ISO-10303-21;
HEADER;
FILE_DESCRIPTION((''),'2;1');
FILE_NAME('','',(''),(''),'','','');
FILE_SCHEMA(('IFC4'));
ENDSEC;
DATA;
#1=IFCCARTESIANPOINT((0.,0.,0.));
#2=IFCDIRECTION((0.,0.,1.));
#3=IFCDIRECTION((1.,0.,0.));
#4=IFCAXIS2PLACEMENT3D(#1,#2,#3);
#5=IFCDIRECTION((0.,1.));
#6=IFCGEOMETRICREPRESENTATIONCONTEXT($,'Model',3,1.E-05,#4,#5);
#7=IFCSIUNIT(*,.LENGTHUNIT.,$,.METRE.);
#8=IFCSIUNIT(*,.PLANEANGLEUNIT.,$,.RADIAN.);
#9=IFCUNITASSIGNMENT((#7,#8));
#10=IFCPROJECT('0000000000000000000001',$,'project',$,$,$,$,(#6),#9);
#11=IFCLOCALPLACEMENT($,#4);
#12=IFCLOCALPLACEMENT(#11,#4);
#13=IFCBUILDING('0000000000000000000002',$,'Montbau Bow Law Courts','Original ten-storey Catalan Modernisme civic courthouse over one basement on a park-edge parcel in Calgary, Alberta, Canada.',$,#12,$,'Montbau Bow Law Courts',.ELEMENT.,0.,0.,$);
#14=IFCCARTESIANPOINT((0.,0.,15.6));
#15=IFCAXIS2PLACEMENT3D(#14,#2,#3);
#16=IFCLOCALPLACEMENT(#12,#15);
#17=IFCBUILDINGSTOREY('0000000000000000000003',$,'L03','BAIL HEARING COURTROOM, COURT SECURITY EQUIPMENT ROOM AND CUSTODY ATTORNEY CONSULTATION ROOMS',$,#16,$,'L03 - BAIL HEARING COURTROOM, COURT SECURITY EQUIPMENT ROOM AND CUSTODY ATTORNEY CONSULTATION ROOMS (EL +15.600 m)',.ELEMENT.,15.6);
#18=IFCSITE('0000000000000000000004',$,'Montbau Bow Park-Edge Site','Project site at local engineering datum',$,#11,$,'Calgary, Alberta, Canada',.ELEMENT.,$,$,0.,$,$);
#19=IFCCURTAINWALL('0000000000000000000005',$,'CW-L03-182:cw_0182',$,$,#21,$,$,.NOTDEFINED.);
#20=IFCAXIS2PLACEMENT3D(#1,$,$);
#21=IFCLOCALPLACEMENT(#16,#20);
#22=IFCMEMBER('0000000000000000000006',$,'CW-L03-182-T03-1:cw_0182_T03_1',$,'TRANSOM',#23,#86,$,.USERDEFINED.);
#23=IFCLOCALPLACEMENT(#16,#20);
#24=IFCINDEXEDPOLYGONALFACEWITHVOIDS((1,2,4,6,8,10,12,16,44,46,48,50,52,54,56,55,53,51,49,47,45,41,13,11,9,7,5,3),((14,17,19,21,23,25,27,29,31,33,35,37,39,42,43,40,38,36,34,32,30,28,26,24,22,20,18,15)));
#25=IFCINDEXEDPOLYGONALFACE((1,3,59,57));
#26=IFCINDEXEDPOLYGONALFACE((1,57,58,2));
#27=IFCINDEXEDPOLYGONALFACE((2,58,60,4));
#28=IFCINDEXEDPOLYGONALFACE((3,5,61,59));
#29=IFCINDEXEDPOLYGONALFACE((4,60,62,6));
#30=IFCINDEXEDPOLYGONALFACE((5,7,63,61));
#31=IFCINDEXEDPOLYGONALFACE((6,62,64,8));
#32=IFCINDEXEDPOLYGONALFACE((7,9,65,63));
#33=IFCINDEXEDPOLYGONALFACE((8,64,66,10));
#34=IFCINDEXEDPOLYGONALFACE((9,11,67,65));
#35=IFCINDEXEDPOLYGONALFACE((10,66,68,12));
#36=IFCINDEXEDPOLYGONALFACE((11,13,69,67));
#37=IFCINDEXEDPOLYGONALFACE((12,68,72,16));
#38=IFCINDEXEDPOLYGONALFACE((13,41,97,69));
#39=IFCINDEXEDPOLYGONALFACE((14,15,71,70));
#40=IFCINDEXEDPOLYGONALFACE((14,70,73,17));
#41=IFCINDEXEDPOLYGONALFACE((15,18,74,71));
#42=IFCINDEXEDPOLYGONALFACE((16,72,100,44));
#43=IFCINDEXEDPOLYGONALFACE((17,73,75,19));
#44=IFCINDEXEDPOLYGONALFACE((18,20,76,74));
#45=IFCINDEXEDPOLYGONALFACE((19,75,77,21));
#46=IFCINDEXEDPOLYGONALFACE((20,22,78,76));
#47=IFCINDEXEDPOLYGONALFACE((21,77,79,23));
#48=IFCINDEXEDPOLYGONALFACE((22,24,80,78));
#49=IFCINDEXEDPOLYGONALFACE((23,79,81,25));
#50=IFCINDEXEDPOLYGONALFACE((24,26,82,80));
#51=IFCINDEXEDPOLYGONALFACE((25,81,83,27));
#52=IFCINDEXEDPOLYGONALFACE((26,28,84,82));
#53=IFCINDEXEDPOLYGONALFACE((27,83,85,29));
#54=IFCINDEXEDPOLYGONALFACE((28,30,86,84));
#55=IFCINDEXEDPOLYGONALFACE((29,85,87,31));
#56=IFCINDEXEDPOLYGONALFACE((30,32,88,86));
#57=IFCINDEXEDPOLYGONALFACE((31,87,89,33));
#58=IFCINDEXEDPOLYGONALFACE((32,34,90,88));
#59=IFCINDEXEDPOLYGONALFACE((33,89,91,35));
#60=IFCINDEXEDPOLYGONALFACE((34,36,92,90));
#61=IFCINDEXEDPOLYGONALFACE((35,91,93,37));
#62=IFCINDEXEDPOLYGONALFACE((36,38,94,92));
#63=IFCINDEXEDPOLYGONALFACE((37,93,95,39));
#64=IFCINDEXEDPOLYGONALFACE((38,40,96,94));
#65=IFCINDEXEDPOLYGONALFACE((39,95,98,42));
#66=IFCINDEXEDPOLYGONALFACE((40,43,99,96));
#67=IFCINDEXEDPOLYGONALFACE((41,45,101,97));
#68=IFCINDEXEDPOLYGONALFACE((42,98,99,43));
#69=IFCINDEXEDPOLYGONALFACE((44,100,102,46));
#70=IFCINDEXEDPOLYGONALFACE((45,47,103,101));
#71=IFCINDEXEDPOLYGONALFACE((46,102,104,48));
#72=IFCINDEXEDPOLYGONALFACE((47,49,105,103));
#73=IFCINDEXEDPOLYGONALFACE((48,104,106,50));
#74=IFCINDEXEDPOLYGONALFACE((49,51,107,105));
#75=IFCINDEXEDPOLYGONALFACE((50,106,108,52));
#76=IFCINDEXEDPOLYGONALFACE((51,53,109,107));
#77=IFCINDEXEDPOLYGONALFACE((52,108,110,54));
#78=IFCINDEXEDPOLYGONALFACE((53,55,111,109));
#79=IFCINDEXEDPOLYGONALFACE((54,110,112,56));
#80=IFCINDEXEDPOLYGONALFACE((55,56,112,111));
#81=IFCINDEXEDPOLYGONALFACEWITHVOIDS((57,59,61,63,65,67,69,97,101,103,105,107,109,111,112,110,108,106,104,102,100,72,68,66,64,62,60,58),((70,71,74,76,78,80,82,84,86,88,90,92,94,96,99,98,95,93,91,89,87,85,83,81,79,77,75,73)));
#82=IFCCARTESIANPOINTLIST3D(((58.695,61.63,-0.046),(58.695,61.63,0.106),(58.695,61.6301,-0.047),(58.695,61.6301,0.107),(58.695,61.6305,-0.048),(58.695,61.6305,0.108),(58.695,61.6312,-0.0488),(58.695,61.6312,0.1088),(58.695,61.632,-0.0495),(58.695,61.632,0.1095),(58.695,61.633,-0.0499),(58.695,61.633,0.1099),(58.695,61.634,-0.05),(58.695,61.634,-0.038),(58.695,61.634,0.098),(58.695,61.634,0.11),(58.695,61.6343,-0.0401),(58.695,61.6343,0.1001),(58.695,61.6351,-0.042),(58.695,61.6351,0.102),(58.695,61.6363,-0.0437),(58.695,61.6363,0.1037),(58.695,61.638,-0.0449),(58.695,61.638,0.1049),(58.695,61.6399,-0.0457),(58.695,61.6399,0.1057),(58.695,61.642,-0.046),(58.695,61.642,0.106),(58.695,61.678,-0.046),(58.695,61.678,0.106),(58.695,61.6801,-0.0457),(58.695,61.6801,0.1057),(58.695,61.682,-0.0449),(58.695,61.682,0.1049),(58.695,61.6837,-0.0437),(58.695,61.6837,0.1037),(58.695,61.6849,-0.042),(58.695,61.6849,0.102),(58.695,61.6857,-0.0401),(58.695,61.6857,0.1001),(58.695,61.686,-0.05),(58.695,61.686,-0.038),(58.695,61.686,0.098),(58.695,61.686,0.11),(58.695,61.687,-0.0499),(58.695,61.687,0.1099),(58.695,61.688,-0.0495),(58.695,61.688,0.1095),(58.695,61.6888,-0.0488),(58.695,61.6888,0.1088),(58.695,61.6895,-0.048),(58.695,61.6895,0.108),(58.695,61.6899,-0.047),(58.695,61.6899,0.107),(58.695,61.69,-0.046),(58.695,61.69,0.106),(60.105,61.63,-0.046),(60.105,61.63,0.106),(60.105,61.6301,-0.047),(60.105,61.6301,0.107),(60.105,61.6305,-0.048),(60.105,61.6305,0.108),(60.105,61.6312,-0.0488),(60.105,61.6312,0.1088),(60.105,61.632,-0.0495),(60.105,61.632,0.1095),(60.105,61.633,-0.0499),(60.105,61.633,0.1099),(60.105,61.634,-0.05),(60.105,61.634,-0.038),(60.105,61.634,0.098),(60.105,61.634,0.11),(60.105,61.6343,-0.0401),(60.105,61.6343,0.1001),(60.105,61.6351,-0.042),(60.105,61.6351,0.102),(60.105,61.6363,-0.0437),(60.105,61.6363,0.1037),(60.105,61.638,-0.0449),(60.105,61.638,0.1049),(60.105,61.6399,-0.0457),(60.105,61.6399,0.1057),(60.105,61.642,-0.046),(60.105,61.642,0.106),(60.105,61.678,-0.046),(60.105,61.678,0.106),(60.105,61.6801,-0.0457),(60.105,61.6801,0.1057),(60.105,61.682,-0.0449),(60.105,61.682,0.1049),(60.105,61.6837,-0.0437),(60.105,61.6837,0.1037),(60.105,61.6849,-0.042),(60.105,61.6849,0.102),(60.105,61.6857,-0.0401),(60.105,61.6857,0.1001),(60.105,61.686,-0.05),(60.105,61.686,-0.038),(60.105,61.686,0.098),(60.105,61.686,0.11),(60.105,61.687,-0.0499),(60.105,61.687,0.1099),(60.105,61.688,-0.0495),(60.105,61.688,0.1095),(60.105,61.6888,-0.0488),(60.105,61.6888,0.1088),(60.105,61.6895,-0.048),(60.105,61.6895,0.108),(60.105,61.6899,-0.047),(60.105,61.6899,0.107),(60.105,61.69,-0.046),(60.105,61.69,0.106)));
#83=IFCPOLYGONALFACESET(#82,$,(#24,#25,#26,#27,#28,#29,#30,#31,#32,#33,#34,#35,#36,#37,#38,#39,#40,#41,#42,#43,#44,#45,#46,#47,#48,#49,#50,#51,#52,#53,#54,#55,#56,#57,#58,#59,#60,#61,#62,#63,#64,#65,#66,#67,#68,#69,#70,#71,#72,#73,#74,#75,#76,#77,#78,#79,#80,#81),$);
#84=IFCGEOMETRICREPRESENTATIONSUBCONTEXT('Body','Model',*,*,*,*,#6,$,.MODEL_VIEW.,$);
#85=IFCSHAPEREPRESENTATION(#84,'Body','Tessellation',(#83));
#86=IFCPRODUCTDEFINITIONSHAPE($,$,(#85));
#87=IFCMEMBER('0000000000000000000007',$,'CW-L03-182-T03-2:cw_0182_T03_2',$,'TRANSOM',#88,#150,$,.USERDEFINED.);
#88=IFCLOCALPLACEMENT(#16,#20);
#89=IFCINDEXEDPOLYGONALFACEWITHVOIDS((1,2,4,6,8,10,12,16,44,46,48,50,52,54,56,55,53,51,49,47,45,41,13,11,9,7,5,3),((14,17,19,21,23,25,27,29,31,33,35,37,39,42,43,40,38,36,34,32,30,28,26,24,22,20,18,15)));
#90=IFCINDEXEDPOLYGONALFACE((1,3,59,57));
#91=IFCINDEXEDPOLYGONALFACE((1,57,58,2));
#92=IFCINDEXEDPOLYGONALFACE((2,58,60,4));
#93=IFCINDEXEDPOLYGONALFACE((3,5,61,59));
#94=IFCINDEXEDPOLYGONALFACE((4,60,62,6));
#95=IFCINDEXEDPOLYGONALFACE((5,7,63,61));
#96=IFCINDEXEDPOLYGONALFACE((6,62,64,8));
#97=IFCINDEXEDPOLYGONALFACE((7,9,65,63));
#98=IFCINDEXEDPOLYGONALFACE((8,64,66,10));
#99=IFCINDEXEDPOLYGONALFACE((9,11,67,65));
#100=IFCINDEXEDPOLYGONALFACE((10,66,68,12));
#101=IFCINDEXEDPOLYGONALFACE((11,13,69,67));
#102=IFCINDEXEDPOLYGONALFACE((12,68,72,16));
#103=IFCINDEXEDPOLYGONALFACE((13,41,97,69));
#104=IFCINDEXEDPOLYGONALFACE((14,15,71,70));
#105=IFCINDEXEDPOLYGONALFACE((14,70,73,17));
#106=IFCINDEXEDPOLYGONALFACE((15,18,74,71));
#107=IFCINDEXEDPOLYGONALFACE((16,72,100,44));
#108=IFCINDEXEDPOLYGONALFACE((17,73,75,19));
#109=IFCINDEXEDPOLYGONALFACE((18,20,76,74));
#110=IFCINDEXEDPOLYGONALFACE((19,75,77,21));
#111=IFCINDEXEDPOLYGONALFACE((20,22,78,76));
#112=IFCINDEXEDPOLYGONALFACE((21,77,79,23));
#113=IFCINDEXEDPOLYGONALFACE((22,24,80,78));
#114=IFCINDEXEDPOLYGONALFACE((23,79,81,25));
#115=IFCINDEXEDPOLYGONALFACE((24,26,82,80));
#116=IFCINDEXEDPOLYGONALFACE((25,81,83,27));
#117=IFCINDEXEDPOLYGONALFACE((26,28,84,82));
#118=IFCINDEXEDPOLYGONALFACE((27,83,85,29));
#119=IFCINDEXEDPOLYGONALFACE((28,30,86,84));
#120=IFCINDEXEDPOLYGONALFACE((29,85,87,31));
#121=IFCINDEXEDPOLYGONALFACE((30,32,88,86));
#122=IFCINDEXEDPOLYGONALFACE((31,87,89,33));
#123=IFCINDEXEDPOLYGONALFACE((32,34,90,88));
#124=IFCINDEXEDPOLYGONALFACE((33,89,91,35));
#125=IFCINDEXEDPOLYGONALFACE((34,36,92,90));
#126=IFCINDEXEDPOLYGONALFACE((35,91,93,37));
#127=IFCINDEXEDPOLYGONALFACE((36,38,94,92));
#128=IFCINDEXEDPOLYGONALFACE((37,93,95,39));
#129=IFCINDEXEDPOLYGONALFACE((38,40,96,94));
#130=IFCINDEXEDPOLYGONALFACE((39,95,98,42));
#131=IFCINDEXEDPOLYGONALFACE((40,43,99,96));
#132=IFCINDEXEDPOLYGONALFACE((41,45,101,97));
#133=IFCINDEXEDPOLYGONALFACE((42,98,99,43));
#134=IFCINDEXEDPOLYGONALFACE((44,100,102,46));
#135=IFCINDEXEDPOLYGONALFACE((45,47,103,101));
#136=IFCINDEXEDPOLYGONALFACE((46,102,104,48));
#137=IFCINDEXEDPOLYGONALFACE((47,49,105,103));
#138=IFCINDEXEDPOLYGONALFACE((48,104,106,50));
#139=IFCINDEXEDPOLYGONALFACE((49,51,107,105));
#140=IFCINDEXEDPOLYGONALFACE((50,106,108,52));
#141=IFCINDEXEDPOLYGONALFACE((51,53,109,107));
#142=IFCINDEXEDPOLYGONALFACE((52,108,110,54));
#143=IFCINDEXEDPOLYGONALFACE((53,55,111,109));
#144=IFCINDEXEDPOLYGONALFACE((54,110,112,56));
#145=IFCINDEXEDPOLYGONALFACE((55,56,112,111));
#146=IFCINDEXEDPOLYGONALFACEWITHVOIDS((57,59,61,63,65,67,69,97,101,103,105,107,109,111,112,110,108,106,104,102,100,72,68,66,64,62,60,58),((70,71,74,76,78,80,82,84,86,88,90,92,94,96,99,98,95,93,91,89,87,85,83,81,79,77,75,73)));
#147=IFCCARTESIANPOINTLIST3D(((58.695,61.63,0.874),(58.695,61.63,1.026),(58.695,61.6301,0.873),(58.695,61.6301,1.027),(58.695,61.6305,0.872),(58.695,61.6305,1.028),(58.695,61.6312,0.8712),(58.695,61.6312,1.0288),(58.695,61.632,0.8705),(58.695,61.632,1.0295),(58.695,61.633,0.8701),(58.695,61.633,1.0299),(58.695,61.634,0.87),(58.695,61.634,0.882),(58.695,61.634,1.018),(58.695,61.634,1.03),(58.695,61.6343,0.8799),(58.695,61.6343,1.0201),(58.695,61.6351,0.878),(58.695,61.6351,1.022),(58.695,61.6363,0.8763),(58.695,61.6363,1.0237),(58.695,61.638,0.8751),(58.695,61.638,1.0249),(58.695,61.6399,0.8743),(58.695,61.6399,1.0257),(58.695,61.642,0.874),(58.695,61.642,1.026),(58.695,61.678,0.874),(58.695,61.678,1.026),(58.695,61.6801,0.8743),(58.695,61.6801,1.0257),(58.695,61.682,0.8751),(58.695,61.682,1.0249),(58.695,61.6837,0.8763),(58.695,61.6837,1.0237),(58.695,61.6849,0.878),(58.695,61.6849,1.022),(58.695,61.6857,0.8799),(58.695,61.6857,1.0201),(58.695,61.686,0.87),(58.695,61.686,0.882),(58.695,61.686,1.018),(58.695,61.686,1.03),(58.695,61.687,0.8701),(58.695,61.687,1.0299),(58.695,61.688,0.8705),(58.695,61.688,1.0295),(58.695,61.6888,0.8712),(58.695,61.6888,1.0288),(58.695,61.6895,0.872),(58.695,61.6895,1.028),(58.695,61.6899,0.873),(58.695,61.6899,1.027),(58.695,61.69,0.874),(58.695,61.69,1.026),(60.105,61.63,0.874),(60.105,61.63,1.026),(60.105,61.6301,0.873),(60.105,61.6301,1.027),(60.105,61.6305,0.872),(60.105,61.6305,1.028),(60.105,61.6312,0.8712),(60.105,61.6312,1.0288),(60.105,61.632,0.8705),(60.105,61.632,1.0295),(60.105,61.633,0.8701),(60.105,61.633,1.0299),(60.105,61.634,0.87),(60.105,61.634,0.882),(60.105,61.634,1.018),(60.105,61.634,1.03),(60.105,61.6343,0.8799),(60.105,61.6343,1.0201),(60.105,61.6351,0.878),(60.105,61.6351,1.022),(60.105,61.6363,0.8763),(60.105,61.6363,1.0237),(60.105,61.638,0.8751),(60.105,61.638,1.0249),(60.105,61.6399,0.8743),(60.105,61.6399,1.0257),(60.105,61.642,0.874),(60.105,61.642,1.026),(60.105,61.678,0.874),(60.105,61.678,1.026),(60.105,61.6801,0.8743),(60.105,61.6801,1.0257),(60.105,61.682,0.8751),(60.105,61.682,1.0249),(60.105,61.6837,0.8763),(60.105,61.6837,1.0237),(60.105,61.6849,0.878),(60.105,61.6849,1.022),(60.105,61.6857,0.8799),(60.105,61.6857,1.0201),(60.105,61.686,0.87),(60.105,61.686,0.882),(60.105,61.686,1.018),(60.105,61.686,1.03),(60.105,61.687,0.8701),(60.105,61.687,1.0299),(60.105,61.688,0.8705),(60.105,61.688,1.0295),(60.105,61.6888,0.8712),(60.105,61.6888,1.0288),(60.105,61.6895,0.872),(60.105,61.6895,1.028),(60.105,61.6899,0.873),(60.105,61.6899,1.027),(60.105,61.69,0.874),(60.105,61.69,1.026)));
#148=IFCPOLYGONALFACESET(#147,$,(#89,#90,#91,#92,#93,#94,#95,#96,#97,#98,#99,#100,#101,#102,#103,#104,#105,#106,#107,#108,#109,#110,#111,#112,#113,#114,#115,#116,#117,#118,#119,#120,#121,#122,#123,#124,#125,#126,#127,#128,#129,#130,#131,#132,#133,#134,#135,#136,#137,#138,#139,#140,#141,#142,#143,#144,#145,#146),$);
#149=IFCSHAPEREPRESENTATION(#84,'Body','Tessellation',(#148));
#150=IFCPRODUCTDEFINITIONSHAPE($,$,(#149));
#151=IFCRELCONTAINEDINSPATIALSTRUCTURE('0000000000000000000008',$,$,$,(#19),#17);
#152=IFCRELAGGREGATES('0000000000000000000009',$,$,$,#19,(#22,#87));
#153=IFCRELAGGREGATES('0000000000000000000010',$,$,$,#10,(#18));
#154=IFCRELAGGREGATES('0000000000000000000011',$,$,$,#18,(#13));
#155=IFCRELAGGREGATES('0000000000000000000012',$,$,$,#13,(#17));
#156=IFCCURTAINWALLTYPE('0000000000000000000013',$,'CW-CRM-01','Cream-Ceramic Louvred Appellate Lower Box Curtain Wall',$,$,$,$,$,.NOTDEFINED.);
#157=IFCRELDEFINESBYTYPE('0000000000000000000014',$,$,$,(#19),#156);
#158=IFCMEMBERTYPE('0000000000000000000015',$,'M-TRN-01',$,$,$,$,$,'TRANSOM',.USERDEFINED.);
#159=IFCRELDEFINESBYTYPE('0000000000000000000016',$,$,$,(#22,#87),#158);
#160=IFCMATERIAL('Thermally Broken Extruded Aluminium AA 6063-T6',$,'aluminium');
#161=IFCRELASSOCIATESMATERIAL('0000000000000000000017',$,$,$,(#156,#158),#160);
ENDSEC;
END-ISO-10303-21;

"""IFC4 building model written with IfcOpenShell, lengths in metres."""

from ifc_helpers import new_model, si_unit, direction, frame, origin_with_axes, origin_2d_with_axis, place, context, subcontext, project, spatial, hollow_rectangle, extrude, material, material_profile, profile_set, type_object, element, aggregate, save


model = new_model("IFC4")

# Units and contexts
model_context = context("Model", 3, precision=1e-05, world=origin_with_axes(), true_north=direction((0.0, 1.0)))
body_context = subcontext(model_context, "Body", "Model", "MODEL_VIEW")
ifc_project = project(units=[si_unit("LENGTHUNIT", "METRE"), si_unit("PLANEANGLEUNIT", "RADIAN")], contexts=[model_context])

# Site, building, storey
site_placement = place(None, origin_with_axes())
site = spatial("IfcSite", under=ifc_project, at=site_placement, Name="Montbau Bow Park-Edge Site", Description="Project site at local engineering datum", LongName="Calgary, Alberta, Canada", CompositionType="ELEMENT", RefElevation=0.0)
building_placement = place(site_placement, origin_with_axes())
building = spatial("IfcBuilding", under=site, at=building_placement, Name="Montbau Bow Law Courts", Description="Original ten-storey Catalan Modernisme civic courthouse over one basement on a park-edge parcel in Calgary, Alberta, Canada.", LongName="Montbau Bow Law Courts", CompositionType="ELEMENT", ElevationOfRefHeight=0.0, ElevationOfTerrain=0.0)
storey_placement = place(building_placement, frame((0.0, 0.0, 15.6), z_axis=(0.0, 0.0, 1.0), x_axis=(1.0, 0.0, 0.0)))
storey = spatial("IfcBuildingStorey", under=building, at=storey_placement, Name="L03", Description="BAIL HEARING COURTROOM, COURT SECURITY EQUIPMENT ROOM AND CUSTODY ATTORNEY CONSULTATION ROOMS", LongName="L03 - BAIL HEARING COURTROOM, COURT SECURITY EQUIPMENT ROOM AND CUSTODY ATTORNEY CONSULTATION ROOMS (EL +15.600 m)", CompositionType="ELEMENT", Elevation=15.6)

# Curtain wall, members
ifc_material_1 = material(Name="Thermally Broken Extruded Aluminium AA 6063-T6", Category="aluminium")
curtain_wall_type = type_object("IfcCurtainWallType", Name="CW-CRM-01", Description="Cream-Ceramic Louvred Appellate Lower Box Curtain Wall", PredefinedType="NOTDEFINED", material=ifc_material_1)
curtain_wall_1_placement = place(None, frame((55.715, 61.66, 15.6), z_axis=(0.0, 0.0, 1.0), x_axis=(1.0, 0.0, 0.0)))
curtain_wall_1 = element("IfcCurtainWall", 1, at=curtain_wall_1_placement, inside=storey, type_object=curtain_wall_type, Name="CW-L03-182:cw_0182", PredefinedType="NOTDEFINED")
ifc_material_profile_1 = material_profile(ifc_material_1, hollow_rectangle(XDim=0.06, YDim=0.16, WallThickness=0.004, InnerFilletRadius=0.008, OuterFilletRadius=0.004, at=origin_2d_with_axis()), Name="CWT-160X60", Category="Main", Priority=0)
ifc_profile_set_1 = profile_set([ifc_material_profile_1], Name="Thermally Broken Extruded Aluminium AA 6063-T6")
member_type_1 = type_object("IfcMemberType", Name="M-TRN-01", ElementType="TRANSOM", PredefinedType="USERDEFINED", material=ifc_profile_set_1)
member_1_placement = place(None, frame((58.695, 61.66, 15.63), z_axis=(1.0, 0.0, 0.0), x_axis=(0.0, 1.0, 0.0)))
member_1 = element("IfcMember", 2, at=member_1_placement, type_object=member_type_1, Name="CW-L03-182-T03-1:cw_0182_T03_1", ObjectType="TRANSOM", PredefinedType="USERDEFINED", context=body_context, shape_type="SweptSolid", body=[
    extrude(hollow_rectangle(XDim=0.06, YDim=0.16, WallThickness=0.004, InnerFilletRadius=0.008, OuterFilletRadius=0.004, at=origin_2d_with_axis()), origin_with_axes(), (0.0, 0.0, 1.0), 1.41),
])
member_2_placement = place(None, frame((58.695, 61.66, 16.55), z_axis=(1.0, 0.0, 0.0), x_axis=(0.0, 1.0, 0.0)))
member_2 = element("IfcMember", 3, at=member_2_placement, type_object=member_type_1, Name="CW-L03-182-T03-2:cw_0182_T03_2", ObjectType="TRANSOM", PredefinedType="USERDEFINED", context=body_context, shape_type="SweptSolid", body=[
    extrude(hollow_rectangle(XDim=0.06, YDim=0.16, WallThickness=0.004, InnerFilletRadius=0.008, OuterFilletRadius=0.004, at=origin_2d_with_axis()), origin_with_axes(), (0.0, 0.0, 1.0), 1.41),
])

aggregate(curtain_wall_1, [member_1, member_2])

save(model, "model.ifc")
